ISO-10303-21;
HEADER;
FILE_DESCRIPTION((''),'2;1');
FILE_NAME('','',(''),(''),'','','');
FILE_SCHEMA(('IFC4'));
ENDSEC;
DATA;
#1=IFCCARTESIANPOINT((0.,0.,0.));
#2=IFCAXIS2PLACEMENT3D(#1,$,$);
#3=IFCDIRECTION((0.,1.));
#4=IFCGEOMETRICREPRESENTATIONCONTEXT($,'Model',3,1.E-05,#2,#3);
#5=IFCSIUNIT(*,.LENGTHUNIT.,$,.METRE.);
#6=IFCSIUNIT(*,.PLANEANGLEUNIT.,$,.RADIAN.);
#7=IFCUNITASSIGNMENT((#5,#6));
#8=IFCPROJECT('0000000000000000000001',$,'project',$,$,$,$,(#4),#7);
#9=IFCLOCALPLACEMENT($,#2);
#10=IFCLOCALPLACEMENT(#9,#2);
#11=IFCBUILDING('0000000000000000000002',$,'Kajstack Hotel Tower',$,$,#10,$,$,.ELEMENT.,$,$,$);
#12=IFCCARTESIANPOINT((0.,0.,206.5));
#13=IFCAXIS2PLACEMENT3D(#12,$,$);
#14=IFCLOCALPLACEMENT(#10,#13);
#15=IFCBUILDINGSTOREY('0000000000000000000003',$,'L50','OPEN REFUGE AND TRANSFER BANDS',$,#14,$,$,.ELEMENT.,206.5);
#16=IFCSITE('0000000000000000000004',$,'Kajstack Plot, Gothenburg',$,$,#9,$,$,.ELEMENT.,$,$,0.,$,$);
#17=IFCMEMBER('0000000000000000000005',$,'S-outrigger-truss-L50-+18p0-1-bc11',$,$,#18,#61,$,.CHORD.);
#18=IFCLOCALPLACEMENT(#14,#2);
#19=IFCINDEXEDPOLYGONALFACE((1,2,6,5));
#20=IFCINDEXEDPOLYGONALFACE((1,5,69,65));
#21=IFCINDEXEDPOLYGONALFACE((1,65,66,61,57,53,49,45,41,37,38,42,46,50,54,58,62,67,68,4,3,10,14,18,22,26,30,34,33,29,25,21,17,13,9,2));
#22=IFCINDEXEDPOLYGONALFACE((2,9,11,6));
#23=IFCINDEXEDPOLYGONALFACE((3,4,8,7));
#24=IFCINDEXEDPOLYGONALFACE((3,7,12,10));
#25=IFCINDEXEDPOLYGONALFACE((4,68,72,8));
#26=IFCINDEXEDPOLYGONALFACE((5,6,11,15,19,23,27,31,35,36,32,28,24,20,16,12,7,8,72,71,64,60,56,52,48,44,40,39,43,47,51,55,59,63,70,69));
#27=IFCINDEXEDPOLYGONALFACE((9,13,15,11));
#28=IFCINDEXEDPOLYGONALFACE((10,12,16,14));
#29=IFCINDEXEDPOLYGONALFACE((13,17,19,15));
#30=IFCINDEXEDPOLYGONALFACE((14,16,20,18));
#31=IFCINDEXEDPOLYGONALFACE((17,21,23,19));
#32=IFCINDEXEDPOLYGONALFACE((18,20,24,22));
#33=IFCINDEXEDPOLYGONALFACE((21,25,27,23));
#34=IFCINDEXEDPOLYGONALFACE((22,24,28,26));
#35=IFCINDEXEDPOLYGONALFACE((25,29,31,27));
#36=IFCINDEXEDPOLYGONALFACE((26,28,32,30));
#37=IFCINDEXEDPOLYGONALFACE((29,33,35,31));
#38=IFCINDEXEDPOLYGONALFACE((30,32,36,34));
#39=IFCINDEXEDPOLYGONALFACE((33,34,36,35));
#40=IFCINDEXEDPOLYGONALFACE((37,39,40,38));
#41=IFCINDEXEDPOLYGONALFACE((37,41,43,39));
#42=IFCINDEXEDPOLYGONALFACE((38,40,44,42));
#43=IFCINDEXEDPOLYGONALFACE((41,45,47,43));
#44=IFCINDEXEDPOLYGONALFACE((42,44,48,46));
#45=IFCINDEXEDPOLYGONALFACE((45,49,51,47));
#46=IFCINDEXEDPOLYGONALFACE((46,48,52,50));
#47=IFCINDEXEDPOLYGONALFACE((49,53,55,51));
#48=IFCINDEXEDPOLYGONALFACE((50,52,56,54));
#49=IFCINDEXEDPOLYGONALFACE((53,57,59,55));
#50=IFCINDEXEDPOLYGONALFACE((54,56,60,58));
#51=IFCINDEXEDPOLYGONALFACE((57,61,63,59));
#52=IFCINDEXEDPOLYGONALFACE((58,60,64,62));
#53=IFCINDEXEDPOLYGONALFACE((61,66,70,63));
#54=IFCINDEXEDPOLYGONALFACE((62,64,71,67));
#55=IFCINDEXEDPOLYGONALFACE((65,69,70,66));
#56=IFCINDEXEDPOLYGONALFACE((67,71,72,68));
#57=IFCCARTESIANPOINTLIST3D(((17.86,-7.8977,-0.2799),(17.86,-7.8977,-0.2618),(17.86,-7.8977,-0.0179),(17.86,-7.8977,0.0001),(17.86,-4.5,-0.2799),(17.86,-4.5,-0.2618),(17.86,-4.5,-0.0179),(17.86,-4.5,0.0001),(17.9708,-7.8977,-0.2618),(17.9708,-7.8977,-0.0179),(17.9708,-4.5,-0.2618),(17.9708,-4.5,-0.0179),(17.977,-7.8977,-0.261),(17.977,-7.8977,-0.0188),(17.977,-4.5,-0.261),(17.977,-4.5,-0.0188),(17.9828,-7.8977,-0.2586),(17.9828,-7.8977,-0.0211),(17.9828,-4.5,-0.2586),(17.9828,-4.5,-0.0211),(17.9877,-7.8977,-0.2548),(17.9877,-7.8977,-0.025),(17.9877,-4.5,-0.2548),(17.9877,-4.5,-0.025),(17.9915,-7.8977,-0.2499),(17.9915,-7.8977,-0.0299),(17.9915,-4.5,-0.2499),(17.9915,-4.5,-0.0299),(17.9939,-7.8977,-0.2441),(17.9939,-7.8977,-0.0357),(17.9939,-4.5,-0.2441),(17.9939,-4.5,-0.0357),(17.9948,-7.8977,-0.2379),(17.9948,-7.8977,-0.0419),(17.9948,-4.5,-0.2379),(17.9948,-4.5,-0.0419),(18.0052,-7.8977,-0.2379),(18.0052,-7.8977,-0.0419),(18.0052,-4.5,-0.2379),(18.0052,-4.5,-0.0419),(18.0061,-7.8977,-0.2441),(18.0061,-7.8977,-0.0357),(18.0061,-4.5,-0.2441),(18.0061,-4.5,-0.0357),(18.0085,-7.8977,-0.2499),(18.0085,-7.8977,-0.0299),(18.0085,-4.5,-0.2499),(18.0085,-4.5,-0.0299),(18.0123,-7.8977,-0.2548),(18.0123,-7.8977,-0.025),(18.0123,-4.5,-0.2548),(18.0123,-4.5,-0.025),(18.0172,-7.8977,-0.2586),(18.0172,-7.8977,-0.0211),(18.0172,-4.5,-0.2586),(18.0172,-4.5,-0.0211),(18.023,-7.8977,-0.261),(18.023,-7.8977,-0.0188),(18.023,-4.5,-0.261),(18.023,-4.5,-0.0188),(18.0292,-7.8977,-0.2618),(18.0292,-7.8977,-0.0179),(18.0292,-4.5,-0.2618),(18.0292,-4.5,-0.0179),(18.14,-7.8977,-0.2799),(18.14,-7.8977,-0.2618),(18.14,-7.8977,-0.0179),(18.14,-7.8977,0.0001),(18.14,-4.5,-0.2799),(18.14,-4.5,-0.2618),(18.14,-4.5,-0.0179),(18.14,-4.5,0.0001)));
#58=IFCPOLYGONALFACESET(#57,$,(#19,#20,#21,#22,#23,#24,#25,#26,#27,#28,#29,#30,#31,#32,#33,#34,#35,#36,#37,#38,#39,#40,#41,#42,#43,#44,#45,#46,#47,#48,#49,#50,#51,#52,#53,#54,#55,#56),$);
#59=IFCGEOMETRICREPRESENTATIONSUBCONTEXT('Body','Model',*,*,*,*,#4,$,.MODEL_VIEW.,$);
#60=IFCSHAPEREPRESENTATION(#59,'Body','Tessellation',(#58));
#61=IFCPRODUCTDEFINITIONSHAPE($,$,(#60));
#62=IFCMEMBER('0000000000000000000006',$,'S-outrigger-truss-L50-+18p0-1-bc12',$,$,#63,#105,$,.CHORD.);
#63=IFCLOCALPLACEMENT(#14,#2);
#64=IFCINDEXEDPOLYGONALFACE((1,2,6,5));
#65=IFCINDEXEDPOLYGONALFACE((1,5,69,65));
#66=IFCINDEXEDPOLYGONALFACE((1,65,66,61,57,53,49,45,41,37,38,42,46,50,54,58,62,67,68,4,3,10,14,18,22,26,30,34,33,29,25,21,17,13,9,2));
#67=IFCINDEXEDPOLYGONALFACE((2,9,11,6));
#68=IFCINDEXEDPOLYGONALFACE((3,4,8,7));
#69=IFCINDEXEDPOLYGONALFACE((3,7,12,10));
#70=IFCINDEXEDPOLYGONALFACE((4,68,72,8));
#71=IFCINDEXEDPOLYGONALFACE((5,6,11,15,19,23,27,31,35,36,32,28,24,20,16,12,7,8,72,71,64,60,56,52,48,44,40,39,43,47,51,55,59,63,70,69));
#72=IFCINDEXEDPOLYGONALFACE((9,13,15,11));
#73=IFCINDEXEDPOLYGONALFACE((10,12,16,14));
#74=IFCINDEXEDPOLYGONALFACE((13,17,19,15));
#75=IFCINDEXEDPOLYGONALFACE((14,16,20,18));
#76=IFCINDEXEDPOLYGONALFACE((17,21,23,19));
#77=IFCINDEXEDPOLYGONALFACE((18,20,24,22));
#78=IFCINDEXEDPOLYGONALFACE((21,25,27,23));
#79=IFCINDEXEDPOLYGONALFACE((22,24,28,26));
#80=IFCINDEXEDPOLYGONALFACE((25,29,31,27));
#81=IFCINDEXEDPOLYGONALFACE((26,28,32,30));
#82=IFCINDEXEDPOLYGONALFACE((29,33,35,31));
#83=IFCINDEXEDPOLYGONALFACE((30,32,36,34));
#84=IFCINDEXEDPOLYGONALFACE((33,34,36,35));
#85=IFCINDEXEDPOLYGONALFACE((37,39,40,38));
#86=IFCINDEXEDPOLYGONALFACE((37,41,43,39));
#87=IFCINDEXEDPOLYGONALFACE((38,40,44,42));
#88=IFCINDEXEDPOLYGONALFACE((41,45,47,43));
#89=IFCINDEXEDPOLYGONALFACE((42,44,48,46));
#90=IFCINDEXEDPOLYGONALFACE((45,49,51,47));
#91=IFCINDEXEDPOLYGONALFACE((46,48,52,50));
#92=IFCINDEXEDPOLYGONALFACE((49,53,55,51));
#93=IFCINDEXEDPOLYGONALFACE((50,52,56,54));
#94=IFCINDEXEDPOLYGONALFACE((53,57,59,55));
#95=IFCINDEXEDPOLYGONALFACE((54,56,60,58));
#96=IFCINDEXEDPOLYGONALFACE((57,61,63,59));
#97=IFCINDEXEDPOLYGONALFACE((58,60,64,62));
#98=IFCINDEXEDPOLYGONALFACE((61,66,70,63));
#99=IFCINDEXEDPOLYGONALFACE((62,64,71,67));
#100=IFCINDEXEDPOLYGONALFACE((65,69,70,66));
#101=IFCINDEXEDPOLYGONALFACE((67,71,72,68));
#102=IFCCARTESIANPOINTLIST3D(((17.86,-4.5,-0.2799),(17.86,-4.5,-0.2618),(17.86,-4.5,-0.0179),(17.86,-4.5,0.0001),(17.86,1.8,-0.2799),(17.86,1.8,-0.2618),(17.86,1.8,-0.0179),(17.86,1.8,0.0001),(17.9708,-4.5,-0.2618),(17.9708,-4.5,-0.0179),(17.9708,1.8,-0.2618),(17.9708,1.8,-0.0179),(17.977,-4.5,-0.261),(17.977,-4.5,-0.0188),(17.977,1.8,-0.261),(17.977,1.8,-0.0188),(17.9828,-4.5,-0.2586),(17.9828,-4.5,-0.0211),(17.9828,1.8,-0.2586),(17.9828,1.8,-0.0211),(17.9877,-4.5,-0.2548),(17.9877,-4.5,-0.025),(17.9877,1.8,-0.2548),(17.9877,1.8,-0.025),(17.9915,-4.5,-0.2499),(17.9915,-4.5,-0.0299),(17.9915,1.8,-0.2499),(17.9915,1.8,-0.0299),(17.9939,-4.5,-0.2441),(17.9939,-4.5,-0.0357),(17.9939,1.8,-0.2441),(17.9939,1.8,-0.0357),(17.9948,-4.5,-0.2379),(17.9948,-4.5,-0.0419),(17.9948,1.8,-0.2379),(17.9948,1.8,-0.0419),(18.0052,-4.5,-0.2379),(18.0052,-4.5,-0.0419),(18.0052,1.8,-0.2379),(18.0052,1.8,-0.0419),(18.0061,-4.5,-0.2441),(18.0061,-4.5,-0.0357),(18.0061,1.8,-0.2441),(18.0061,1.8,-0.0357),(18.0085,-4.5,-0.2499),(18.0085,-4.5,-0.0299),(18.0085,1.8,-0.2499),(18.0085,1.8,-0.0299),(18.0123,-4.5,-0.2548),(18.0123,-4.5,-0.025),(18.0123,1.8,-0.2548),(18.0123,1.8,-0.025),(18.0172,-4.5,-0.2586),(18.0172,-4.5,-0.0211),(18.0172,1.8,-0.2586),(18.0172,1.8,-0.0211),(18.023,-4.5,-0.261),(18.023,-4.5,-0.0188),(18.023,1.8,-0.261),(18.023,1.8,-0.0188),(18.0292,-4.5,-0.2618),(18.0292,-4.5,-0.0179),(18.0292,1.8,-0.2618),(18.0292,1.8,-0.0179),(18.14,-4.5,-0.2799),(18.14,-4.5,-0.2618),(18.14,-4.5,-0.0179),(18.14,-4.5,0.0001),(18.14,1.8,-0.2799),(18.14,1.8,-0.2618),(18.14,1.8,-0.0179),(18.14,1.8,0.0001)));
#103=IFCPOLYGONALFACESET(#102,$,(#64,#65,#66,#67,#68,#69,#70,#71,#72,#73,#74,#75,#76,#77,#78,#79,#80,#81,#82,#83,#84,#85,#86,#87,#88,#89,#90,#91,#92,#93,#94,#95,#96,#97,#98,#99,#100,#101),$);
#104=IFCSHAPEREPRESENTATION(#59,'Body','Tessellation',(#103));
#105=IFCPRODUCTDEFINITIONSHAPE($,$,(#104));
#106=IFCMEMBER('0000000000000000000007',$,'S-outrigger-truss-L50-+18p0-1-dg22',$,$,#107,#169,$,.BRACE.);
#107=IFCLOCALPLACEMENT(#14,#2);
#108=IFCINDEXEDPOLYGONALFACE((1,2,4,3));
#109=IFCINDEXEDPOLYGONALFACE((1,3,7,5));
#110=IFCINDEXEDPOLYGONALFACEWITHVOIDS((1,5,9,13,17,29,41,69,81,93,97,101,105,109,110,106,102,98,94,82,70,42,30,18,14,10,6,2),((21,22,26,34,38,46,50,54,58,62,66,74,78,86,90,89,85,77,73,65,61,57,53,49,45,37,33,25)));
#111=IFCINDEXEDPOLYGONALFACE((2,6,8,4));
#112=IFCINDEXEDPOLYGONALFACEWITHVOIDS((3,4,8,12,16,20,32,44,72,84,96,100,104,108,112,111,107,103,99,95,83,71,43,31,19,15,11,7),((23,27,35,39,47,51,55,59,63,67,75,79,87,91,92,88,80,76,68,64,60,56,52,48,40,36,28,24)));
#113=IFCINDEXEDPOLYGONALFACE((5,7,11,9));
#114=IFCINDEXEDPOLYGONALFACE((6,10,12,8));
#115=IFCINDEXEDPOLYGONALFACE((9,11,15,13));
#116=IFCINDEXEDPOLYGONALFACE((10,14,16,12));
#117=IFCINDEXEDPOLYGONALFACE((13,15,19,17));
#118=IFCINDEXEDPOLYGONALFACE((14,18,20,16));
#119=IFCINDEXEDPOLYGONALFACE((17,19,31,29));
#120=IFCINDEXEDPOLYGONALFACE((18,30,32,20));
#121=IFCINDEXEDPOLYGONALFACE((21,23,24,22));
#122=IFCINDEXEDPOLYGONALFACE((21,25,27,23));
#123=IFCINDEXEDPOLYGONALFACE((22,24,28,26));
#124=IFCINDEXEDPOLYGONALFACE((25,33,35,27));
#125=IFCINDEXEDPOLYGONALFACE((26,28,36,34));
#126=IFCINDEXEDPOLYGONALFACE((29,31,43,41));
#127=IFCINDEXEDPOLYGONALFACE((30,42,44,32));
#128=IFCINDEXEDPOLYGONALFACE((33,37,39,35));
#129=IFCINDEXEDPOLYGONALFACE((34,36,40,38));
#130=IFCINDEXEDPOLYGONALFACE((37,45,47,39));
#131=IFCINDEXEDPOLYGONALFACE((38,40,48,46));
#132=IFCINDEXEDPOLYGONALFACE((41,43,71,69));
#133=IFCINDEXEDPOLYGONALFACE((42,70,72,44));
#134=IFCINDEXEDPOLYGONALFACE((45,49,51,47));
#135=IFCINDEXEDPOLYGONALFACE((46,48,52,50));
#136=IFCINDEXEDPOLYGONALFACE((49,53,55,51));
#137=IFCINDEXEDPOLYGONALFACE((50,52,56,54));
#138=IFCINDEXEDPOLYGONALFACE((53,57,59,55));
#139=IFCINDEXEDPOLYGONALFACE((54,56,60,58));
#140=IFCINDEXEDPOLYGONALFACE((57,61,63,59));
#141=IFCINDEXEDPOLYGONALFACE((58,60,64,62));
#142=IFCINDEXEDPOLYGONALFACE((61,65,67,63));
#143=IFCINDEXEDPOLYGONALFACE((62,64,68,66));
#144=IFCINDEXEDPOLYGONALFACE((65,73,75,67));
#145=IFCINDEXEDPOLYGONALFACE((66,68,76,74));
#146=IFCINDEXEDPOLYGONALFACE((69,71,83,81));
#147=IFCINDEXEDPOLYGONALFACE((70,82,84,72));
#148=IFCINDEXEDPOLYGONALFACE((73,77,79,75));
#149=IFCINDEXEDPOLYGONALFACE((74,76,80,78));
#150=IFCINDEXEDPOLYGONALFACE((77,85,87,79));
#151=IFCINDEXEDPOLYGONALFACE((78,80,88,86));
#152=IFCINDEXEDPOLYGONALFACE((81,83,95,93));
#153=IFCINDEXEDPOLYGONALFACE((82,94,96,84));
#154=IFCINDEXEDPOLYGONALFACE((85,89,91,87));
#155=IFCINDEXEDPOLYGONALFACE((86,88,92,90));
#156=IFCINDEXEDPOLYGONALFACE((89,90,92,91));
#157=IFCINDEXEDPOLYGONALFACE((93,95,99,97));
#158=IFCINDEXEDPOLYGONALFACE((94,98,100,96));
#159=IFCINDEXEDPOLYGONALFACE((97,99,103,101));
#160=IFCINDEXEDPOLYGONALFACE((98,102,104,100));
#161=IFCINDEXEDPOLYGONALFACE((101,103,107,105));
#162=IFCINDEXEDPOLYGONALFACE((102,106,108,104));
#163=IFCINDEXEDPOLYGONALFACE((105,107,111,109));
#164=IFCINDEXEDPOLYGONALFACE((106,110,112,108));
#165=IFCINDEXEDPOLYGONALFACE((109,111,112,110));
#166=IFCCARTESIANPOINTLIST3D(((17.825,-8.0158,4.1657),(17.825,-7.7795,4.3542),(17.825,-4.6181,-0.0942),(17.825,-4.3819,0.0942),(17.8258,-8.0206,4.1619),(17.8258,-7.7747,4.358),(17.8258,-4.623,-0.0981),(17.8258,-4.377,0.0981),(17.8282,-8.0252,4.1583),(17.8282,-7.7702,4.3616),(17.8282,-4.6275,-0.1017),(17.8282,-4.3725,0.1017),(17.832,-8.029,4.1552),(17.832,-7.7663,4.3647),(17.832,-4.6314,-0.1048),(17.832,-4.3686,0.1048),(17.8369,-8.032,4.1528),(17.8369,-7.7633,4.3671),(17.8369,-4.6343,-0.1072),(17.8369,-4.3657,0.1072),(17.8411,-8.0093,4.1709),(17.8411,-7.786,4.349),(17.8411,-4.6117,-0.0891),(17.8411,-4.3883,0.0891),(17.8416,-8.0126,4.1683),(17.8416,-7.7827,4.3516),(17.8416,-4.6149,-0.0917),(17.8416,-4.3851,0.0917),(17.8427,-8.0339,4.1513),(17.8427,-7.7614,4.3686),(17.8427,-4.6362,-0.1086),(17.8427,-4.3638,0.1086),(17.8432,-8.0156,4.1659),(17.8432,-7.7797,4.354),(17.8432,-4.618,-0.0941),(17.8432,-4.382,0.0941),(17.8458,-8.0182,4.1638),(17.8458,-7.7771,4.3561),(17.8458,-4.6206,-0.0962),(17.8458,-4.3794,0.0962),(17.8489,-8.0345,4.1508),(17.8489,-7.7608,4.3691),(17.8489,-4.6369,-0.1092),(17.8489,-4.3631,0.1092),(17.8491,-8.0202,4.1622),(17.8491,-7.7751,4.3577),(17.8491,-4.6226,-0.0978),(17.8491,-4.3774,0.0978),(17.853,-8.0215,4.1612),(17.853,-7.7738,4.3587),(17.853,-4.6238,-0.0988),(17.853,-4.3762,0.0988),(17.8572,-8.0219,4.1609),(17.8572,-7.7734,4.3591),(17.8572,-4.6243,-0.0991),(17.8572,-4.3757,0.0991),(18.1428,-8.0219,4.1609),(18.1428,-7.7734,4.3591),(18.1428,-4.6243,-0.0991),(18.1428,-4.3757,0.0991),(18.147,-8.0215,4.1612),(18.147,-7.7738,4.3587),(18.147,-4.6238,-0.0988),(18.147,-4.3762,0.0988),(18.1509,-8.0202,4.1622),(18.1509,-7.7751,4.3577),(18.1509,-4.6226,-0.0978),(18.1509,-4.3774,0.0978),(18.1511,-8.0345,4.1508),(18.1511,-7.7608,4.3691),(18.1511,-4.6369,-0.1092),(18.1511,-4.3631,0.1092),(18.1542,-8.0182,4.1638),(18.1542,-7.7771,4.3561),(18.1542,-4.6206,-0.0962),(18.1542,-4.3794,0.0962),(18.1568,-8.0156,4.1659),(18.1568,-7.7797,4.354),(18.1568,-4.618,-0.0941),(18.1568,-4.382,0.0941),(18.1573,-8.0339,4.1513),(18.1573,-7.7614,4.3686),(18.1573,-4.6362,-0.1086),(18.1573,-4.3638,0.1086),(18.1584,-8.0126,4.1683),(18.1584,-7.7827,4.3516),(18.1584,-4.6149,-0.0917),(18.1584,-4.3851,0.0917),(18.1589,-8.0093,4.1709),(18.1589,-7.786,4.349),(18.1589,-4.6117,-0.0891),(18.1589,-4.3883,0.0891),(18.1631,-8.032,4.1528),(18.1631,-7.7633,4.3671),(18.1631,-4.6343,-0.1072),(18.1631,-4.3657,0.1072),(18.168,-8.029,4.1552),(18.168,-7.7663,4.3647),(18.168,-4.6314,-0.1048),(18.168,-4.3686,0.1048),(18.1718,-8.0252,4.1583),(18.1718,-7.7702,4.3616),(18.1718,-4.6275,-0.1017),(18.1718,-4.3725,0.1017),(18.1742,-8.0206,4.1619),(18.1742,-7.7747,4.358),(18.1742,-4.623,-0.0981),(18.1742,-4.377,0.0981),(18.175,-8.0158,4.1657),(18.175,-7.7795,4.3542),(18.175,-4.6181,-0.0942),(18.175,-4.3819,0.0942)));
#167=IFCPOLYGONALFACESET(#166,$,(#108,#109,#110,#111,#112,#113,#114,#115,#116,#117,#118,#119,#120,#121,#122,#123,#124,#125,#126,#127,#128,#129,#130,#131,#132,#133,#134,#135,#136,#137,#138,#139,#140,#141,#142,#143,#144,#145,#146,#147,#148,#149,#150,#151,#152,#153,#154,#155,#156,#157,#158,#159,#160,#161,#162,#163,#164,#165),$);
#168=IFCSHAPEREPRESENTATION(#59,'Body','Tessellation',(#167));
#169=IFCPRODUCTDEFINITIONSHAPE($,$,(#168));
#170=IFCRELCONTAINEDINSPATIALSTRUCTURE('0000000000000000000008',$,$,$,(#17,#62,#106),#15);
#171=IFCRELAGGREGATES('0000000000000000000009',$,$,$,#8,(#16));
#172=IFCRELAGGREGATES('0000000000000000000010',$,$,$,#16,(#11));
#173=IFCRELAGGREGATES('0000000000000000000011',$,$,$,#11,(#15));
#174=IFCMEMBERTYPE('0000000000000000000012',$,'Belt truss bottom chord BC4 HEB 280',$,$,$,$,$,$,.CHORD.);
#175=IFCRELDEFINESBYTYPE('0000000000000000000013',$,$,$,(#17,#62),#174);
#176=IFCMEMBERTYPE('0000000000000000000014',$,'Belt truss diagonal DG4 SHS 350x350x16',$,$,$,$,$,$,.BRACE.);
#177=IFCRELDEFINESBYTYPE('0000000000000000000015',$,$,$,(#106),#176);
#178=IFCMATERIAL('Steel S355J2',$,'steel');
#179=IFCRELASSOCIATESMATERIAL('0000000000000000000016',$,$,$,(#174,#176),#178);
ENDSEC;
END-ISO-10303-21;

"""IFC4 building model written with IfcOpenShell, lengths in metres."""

from ifc_helpers import new_model, si_unit, direction, frame, origin, origin_2d, place, context, subcontext, project, spatial, hollow_rectangle, i_section, extrude, material, material_profile, profile_set, type_object, element, save


model = new_model("IFC4")

# Units and contexts
model_context = context("Model", 3, precision=1e-05, world=origin(), true_north=direction((0.0, 1.0)))
body_context = subcontext(model_context, "Body", "Model", "MODEL_VIEW")
ifc_project = project(units=[si_unit("LENGTHUNIT", "METRE"), si_unit("PLANEANGLEUNIT", "RADIAN")], contexts=[model_context])

# Site, building, storey
site_placement = place(None, origin())
site = spatial("IfcSite", under=ifc_project, at=site_placement, Name="Kajstack Plot, Gothenburg", CompositionType="ELEMENT", RefElevation=0.0)
building_placement = place(site_placement, origin())
building = spatial("IfcBuilding", under=site, at=building_placement, Name="Kajstack Hotel Tower", CompositionType="ELEMENT")
storey_placement = place(building_placement, frame((0.0, 0.0, 206.5)))
storey = spatial("IfcBuildingStorey", under=building, at=storey_placement, Name="L50", Description="OPEN REFUGE AND TRANSFER BANDS", CompositionType="ELEMENT", Elevation=206.5)

# Members
ifc_material_1 = material(Name="Steel S355J2", Category="steel")
ifc_material_profile_1 = material_profile(ifc_material_1, i_section(OverallWidth=0.28, OverallDepth=0.28, WebThickness=0.0105, FlangeThickness=0.0181, FilletRadius=0.0239, at=origin_2d()), Name="HEB 280")
ifc_profile_set_1 = profile_set([ifc_material_profile_1], Name="Steel S355J2")
member_type_1 = type_object("IfcMemberType", Name="Belt truss bottom chord BC4 HEB 280", PredefinedType="CHORD", material=ifc_profile_set_1)
member_1_placement = place(storey_placement, frame((18.0, -7.8977, -0.1399), z_axis=(0.0, 1.0, 0.0), x_axis=(-1.0, 0.0, 0.0)))
element("IfcMember", 1, at=member_1_placement, inside=storey, type_object=member_type_1, Name="S-outrigger-truss-L50-+18p0-1-bc11", PredefinedType="CHORD", context=body_context, shape_type="SweptSolid", body=[
    extrude(i_section(OverallWidth=0.28, OverallDepth=0.28, WebThickness=0.0105, FlangeThickness=0.0181, FilletRadius=0.0239, at=origin_2d()), origin(), (0.0, 0.0, 1.0), 3.3977),
])
member_2_placement = place(storey_placement, frame((18.0, -4.5, -0.1399), z_axis=(0.0, 1.0, 0.0), x_axis=(-1.0, 0.0, 0.0)))
element("IfcMember", 2, at=member_2_placement, inside=storey, type_object=member_type_1, Name="S-outrigger-truss-L50-+18p0-1-bc12", PredefinedType="CHORD", context=body_context, shape_type="SweptSolid", body=[
    extrude(i_section(OverallWidth=0.28, OverallDepth=0.28, WebThickness=0.0105, FlangeThickness=0.0181, FilletRadius=0.0239, at=origin_2d()), origin(), (0.0, 0.0, 1.0), 6.3),
])
ifc_material_profile_2 = material_profile(ifc_material_1, hollow_rectangle(XDim=0.3501, YDim=0.3501, WallThickness=0.0161, InnerFilletRadius=0.0161, OuterFilletRadius=0.0239, at=origin_2d()), Name="SHS 350x350x16")
ifc_profile_set_2 = profile_set([ifc_material_profile_2], Name="Steel S355J2")
member_type_2 = type_object("IfcMemberType", Name="Belt truss diagonal DG4 SHS 350x350x16", PredefinedType="BRACE", material=ifc_profile_set_2)
member_3_placement = place(storey_placement, frame((18.0, -4.5, 0.0), z_axis=(0.0, -0.623541, 0.78179), x_axis=(1.0, 0.0, 0.0)))
element("IfcMember", 3, at=member_3_placement, inside=storey, type_object=member_type_2, Name="S-outrigger-truss-L50-+18p0-1-dg22", PredefinedType="BRACE", context=body_context, shape_type="SweptSolid", body=[
    extrude(hollow_rectangle(XDim=0.3501, YDim=0.3501, WallThickness=0.0161, InnerFilletRadius=0.0161, OuterFilletRadius=0.0239, at=origin_2d()), origin(), (0.0, 0.0, 1.0), 5.449),
])

save(model, "model.ifc")
